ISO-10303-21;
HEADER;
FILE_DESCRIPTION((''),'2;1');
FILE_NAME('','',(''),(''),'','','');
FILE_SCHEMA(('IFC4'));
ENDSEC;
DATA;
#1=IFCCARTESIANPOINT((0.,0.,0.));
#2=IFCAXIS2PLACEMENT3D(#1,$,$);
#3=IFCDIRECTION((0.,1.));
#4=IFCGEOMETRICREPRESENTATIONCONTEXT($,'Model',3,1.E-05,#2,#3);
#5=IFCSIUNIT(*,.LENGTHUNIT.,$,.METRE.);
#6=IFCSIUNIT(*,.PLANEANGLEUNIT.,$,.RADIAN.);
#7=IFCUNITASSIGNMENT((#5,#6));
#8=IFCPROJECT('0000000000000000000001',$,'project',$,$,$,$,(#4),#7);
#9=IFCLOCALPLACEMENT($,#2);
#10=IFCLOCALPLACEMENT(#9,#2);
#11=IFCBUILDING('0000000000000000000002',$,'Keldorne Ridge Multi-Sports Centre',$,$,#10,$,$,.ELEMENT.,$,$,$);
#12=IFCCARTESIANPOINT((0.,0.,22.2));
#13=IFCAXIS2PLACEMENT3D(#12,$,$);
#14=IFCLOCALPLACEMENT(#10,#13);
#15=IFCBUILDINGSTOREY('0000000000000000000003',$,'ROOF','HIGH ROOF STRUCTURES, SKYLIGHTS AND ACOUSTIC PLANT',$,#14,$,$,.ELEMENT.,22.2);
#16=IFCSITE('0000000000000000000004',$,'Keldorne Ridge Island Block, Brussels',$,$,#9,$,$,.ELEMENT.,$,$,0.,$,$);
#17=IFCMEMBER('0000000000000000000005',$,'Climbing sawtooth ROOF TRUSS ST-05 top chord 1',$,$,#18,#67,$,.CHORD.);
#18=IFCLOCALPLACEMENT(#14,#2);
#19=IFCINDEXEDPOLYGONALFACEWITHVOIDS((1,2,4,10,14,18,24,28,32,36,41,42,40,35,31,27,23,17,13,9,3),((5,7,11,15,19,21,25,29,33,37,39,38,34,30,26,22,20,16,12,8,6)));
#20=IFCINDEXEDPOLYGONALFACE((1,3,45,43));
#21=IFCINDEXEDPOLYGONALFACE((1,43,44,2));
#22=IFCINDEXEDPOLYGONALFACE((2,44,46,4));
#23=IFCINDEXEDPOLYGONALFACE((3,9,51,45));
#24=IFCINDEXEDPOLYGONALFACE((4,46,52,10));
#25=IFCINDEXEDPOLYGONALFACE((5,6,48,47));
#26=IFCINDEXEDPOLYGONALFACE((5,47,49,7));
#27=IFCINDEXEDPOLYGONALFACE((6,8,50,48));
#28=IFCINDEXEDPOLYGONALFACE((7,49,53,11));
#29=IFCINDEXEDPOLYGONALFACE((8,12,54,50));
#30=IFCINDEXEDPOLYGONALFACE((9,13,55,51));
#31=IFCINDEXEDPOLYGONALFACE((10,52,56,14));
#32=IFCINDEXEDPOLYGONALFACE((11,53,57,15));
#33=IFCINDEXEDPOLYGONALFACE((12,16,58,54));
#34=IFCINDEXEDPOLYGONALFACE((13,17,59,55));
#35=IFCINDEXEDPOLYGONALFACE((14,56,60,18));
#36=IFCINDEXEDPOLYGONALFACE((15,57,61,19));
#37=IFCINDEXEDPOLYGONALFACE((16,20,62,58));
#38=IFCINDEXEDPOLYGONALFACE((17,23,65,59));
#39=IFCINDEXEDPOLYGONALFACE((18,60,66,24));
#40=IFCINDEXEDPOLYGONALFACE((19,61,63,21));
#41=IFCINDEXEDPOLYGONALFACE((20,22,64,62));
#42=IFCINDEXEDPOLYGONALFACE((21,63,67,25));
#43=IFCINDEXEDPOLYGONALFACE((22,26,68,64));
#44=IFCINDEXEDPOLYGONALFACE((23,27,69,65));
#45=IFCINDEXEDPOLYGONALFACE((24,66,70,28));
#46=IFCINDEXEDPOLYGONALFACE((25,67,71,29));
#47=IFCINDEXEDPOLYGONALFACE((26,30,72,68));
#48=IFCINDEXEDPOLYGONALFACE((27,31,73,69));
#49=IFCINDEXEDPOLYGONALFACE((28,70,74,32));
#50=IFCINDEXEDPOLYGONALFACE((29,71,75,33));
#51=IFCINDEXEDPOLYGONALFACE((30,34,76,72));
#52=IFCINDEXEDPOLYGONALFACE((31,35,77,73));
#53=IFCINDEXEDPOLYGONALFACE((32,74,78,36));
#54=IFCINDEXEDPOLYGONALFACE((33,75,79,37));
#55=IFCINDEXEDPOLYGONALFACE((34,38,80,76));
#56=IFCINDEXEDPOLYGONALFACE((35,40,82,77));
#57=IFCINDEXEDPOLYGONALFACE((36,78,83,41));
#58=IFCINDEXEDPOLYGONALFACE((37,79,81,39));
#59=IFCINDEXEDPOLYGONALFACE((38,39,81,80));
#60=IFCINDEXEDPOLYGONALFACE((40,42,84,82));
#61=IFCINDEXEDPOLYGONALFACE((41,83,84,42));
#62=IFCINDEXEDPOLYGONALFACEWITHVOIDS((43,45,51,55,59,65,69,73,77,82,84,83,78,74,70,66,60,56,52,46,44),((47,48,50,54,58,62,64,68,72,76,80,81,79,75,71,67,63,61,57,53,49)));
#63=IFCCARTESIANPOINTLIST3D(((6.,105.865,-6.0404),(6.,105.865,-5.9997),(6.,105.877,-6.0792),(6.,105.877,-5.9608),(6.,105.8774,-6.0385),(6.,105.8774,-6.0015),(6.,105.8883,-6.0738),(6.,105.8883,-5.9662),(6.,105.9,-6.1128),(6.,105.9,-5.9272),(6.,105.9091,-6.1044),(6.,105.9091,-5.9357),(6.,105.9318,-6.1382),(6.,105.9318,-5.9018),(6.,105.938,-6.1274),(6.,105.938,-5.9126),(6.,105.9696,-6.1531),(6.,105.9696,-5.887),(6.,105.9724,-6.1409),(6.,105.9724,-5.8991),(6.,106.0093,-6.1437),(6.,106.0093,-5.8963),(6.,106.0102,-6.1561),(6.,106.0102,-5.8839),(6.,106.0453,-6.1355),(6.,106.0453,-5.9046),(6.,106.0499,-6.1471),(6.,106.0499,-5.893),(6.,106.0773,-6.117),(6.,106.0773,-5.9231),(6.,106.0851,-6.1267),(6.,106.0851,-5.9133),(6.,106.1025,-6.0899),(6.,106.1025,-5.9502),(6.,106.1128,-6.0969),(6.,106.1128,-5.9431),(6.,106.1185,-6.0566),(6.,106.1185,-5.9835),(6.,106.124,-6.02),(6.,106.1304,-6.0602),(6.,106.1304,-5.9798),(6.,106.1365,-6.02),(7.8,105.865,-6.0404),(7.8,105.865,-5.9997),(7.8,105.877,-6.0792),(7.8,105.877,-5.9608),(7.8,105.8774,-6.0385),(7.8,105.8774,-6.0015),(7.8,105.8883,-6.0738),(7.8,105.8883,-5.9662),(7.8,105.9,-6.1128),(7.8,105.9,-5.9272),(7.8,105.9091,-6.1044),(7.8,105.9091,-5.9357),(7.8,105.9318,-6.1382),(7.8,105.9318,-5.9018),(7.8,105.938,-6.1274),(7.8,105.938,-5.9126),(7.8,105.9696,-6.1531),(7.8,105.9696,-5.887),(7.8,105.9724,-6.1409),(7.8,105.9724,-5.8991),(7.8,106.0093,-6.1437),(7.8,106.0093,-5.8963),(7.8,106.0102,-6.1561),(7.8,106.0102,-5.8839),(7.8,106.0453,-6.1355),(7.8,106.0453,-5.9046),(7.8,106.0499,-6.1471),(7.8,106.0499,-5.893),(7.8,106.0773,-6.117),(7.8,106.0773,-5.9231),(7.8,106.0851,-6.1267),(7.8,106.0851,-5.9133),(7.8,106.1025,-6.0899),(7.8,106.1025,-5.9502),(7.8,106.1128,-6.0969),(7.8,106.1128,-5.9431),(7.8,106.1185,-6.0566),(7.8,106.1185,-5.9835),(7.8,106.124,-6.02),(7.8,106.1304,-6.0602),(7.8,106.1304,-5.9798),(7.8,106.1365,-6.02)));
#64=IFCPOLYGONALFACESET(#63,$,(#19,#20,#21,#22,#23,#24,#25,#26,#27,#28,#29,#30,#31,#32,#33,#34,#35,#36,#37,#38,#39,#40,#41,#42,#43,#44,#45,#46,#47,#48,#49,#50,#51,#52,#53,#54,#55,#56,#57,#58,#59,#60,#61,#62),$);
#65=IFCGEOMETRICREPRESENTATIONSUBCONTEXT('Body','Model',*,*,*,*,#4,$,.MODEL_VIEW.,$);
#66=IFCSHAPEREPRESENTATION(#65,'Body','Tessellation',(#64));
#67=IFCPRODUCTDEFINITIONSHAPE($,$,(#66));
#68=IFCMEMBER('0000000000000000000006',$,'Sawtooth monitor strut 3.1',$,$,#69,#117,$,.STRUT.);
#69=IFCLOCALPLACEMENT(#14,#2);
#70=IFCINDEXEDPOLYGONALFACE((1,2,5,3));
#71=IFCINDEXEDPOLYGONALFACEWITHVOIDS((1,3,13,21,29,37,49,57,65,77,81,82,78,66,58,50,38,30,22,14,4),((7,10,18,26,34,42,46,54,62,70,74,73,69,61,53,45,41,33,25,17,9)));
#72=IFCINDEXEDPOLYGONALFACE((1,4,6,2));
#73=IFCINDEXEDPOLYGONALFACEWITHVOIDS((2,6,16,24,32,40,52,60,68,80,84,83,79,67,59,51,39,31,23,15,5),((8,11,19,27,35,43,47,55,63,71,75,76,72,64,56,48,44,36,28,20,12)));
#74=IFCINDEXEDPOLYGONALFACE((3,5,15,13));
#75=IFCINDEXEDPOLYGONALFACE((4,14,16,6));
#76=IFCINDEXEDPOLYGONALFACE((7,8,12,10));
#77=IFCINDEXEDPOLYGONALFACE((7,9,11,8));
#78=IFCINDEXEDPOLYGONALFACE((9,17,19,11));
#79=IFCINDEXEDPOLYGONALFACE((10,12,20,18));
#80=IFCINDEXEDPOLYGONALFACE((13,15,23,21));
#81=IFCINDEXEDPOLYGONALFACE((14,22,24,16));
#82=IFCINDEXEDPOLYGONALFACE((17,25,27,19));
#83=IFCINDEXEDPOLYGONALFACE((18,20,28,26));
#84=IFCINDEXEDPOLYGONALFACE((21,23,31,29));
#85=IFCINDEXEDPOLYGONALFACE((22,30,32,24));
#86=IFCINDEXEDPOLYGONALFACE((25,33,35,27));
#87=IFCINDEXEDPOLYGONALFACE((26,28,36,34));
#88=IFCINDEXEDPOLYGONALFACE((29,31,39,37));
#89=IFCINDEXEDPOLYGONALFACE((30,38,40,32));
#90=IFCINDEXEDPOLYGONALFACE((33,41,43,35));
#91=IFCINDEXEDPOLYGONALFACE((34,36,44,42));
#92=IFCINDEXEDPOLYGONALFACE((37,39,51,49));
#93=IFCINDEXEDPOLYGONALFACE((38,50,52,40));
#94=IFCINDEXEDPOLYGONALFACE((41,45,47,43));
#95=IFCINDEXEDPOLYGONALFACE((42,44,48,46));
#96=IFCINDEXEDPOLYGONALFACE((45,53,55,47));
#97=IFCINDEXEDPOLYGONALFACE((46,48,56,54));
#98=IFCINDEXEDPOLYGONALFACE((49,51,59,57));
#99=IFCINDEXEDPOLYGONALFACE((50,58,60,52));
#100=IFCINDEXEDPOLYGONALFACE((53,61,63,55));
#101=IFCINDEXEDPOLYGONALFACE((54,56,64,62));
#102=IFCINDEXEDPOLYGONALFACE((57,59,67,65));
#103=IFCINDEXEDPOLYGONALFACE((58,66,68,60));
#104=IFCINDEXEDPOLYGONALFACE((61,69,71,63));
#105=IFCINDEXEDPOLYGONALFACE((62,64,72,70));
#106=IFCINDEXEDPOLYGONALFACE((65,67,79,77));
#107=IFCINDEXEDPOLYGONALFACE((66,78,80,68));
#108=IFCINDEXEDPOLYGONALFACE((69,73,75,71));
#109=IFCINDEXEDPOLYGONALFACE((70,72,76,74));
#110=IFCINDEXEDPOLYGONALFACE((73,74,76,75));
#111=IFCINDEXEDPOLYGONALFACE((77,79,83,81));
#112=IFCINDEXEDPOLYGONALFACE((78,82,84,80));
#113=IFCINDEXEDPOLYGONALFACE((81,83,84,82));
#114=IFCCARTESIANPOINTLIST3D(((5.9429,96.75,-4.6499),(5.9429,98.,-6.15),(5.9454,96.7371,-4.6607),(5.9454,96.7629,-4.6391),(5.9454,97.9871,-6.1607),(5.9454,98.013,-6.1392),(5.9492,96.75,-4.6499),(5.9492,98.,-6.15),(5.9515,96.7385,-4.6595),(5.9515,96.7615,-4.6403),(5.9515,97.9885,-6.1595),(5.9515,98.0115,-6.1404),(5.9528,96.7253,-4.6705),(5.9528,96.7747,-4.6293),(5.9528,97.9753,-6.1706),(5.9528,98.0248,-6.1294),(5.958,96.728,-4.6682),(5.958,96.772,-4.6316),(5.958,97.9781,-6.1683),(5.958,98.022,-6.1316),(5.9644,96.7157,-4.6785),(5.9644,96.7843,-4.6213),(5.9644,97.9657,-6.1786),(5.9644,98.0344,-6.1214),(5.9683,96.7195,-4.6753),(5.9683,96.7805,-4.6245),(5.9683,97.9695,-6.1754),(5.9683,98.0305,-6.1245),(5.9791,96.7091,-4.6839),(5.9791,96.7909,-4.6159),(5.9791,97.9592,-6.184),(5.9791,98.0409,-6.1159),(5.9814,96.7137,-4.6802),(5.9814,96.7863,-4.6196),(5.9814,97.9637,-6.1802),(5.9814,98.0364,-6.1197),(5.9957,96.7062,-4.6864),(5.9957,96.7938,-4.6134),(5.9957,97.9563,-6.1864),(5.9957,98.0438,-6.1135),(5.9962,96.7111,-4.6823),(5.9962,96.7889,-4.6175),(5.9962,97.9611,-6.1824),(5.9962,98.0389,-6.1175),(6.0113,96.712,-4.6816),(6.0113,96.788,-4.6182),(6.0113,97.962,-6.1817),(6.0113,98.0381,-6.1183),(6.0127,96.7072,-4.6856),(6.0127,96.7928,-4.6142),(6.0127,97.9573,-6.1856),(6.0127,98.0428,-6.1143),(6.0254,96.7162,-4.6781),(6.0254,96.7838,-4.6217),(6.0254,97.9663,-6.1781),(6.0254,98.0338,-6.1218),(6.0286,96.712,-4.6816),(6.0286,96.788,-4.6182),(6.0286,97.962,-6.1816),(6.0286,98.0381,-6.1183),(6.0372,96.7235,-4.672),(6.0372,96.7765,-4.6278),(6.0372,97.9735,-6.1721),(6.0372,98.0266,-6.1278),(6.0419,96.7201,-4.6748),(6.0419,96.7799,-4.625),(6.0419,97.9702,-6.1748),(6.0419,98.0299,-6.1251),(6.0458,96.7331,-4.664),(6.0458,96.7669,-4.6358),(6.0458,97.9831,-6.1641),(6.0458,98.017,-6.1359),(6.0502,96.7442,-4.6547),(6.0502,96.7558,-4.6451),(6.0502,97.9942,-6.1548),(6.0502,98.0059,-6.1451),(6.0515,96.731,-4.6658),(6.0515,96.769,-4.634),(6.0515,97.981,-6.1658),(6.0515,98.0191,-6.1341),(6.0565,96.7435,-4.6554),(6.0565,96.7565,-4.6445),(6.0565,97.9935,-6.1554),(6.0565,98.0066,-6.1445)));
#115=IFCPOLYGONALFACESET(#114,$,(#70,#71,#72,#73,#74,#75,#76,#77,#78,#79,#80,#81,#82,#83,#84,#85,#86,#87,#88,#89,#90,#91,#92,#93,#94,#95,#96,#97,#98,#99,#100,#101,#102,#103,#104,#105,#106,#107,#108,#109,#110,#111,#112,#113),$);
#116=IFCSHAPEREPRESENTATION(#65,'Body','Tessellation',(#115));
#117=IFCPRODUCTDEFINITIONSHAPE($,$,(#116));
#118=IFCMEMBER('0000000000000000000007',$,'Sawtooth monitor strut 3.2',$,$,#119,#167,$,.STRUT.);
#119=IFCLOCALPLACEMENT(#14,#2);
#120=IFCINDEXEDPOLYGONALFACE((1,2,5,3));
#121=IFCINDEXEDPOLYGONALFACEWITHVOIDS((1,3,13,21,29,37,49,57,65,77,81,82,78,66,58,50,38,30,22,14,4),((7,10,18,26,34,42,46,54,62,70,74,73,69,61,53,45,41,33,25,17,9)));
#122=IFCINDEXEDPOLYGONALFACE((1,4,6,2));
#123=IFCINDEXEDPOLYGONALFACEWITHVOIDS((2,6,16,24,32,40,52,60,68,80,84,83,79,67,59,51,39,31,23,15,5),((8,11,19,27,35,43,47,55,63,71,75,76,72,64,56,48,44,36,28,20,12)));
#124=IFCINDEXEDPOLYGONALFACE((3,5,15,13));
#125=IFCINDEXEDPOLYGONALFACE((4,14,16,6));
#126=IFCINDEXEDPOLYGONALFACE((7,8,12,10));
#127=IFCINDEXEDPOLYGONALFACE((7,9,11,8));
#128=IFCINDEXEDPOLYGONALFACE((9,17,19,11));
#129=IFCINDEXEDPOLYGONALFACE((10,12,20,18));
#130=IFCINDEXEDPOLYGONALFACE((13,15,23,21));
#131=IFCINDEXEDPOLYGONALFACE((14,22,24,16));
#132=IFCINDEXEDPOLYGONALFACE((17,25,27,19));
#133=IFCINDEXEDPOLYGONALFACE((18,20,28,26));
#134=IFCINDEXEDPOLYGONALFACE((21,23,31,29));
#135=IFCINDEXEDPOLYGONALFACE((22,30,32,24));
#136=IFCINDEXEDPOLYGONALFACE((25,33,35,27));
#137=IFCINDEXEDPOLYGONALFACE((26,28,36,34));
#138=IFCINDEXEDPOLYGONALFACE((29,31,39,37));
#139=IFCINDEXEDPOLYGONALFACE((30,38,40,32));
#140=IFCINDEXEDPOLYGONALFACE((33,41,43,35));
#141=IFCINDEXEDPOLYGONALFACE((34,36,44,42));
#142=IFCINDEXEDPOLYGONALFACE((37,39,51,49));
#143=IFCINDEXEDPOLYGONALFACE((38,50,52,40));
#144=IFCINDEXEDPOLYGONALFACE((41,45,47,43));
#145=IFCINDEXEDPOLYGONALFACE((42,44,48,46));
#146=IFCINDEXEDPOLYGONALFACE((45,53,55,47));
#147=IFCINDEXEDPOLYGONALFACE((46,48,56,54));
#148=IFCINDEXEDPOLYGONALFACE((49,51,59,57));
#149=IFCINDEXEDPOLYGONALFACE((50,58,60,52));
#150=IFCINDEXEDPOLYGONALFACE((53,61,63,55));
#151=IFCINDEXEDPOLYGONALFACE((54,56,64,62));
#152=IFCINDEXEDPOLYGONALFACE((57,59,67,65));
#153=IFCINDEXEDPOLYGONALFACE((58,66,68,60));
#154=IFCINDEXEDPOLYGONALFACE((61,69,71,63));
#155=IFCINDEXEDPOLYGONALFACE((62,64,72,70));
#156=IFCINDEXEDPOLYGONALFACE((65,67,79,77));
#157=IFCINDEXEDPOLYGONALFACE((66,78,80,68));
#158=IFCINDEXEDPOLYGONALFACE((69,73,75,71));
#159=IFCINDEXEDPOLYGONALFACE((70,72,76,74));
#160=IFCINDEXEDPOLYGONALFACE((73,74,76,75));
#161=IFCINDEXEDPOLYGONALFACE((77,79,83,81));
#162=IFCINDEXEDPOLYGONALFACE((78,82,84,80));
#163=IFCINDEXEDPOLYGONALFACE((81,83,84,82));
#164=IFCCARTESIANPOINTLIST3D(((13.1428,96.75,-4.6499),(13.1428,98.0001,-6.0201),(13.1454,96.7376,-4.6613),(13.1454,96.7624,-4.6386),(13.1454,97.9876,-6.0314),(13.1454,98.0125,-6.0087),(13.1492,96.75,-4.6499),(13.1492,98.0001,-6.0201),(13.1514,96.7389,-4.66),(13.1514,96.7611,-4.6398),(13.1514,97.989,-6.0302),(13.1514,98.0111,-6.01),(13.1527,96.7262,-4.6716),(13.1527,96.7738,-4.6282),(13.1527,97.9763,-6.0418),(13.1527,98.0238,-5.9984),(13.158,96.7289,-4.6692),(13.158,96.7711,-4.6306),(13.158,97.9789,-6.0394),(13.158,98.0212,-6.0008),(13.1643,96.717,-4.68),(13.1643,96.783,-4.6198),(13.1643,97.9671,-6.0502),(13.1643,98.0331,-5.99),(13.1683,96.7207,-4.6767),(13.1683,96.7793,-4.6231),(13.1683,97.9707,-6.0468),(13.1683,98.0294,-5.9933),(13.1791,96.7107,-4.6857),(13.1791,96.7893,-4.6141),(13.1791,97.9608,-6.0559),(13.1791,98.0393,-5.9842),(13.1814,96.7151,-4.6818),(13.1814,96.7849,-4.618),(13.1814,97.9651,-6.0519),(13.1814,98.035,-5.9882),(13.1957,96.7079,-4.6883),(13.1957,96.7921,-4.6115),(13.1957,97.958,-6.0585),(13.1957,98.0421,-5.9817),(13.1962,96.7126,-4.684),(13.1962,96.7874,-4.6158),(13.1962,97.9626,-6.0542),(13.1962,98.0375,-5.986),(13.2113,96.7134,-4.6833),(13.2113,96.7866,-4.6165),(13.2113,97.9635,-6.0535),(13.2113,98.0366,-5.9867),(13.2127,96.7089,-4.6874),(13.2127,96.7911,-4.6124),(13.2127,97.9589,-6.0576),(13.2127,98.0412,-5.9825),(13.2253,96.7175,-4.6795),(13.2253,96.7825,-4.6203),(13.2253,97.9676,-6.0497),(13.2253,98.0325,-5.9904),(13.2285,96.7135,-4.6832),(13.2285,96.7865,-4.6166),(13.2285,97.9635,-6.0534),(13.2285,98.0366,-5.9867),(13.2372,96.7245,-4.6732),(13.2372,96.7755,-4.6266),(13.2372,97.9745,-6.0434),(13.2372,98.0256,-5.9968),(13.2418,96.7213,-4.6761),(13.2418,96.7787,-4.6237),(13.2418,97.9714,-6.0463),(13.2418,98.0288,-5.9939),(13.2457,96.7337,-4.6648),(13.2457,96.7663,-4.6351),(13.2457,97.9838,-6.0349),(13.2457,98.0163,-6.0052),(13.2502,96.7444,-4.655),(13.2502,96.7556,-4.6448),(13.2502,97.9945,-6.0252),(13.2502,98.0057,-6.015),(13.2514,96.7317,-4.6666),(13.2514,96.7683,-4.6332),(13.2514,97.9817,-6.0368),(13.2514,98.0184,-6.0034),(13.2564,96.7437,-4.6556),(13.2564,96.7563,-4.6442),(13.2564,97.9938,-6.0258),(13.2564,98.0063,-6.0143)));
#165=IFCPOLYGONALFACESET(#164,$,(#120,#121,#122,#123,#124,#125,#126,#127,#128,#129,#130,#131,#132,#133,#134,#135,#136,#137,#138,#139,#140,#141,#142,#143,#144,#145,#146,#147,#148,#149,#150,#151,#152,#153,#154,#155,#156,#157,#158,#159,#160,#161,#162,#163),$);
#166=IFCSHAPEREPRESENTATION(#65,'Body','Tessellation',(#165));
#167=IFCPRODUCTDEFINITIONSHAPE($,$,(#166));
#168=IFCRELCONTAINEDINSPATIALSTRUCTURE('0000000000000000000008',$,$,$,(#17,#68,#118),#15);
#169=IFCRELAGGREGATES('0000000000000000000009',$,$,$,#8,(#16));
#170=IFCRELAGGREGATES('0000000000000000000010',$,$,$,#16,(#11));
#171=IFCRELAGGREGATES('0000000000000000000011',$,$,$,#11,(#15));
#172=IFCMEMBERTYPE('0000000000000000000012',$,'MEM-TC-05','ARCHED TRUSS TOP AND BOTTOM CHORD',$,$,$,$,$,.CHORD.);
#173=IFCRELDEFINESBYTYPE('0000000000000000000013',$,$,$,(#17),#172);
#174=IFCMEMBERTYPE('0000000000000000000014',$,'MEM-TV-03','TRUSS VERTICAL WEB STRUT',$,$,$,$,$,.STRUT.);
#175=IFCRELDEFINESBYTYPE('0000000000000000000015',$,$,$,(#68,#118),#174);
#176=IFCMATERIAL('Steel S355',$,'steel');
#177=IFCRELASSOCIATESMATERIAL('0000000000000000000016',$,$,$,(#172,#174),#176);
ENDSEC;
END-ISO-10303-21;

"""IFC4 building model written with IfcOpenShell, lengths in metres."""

from ifc_helpers import new_model, si_unit, direction, frame, origin, origin_2d, place, context, subcontext, project, spatial, hollow_circle, extrude, material, material_profile, profile_set, type_object, element, save


model = new_model("IFC4")

# Units and contexts
model_context = context("Model", 3, precision=1e-05, world=origin(), true_north=direction((0.0, 1.0)))
body_context = subcontext(model_context, "Body", "Model", "MODEL_VIEW")
ifc_project = project(units=[si_unit("LENGTHUNIT", "METRE"), si_unit("PLANEANGLEUNIT", "RADIAN")], contexts=[model_context])

# Site, building, storey
site_placement = place(None, origin())
site = spatial("IfcSite", under=ifc_project, at=site_placement, Name="Keldorne Ridge Island Block, Brussels", CompositionType="ELEMENT", RefElevation=0.0)
building_placement = place(site_placement, origin())
building = spatial("IfcBuilding", under=site, at=building_placement, Name="Keldorne Ridge Multi-Sports Centre", CompositionType="ELEMENT")
storey_placement = place(building_placement, frame((0.0, 0.0, 22.2)))
storey = spatial("IfcBuildingStorey", under=building, at=storey_placement, Name="ROOF", Description="HIGH ROOF STRUCTURES, SKYLIGHTS AND ACOUSTIC PLANT", CompositionType="ELEMENT", Elevation=22.2)

# Shared definitions
ifc_material_1 = material(Name="Steel S355", Category="steel")

# Members
ifc_material_profile_1 = material_profile(ifc_material_1, hollow_circle(Radius=0.1365, WallThickness=0.0125, at=origin_2d()), Name="CHS 273x12.5")
ifc_profile_set_1 = profile_set([ifc_material_profile_1], Name="Steel S355")
member_type_1 = type_object("IfcMemberType", Name="MEM-TC-05", Description="ARCHED TRUSS TOP AND BOTTOM CHORD", PredefinedType="CHORD", material=ifc_profile_set_1)
for number, where, z_axis, x_axis, name in (
    (1, (6.0, 106.0, -6.02), (1.0, 0.0, 0.0), (0.0, 1.0, 0.0), "Climbing sawtooth ROOF TRUSS ST-05 top chord 1"),
):
    element("IfcMember", number, at=place(storey_placement, frame(where, z_axis=z_axis, x_axis=x_axis)), inside=storey, type_object=member_type_1, Name=name, PredefinedType="CHORD", context=body_context, shape_type="SweptSolid", body=[
        extrude(hollow_circle(Radius=0.1365, WallThickness=0.0125, at=origin_2d()), origin(), (0.0, 0.0, 1.0), 1.8),
    ])
ifc_material_profile_2 = material_profile(ifc_material_1, hollow_circle(Radius=0.0571, WallThickness=0.0063, at=origin_2d()), Name="CHS 114.3x6.3")
ifc_profile_set_2 = profile_set([ifc_material_profile_2], Name="Steel S355")
member_type_2 = type_object("IfcMemberType", Name="MEM-TV-03", Description="TRUSS VERTICAL WEB STRUT", PredefinedType="STRUT", material=ifc_profile_set_2)
member_1_placement = place(storey_placement, frame((6.0, 96.75, -4.6499), z_axis=(0.0, 0.640184, -0.768221), x_axis=(-1.0, 0.0, 0.0)))
element("IfcMember", 2, at=member_1_placement, inside=storey, type_object=member_type_2, Name="Sawtooth monitor strut 3.1", PredefinedType="STRUT", context=body_context, shape_type="SweptSolid", body=[
    extrude(hollow_circle(Radius=0.0571, WallThickness=0.0063, at=origin_2d()), origin(), (0.0, 0.0, 1.0), 1.9526),
])
member_2_placement = place(storey_placement, frame((13.2, 96.75, -4.6499), z_axis=(0.0, 0.673982, -0.738748), x_axis=(-1.0, 0.0, 0.0)))
element("IfcMember", 3, at=member_2_placement, inside=storey, type_object=member_type_2, Name="Sawtooth monitor strut 3.2", PredefinedType="STRUT", context=body_context, shape_type="SweptSolid", body=[
    extrude(hollow_circle(Radius=0.0571, WallThickness=0.0063, at=origin_2d()), origin(), (0.0, 0.0, 1.0), 1.8547),
])

save(model, "model.ifc")
